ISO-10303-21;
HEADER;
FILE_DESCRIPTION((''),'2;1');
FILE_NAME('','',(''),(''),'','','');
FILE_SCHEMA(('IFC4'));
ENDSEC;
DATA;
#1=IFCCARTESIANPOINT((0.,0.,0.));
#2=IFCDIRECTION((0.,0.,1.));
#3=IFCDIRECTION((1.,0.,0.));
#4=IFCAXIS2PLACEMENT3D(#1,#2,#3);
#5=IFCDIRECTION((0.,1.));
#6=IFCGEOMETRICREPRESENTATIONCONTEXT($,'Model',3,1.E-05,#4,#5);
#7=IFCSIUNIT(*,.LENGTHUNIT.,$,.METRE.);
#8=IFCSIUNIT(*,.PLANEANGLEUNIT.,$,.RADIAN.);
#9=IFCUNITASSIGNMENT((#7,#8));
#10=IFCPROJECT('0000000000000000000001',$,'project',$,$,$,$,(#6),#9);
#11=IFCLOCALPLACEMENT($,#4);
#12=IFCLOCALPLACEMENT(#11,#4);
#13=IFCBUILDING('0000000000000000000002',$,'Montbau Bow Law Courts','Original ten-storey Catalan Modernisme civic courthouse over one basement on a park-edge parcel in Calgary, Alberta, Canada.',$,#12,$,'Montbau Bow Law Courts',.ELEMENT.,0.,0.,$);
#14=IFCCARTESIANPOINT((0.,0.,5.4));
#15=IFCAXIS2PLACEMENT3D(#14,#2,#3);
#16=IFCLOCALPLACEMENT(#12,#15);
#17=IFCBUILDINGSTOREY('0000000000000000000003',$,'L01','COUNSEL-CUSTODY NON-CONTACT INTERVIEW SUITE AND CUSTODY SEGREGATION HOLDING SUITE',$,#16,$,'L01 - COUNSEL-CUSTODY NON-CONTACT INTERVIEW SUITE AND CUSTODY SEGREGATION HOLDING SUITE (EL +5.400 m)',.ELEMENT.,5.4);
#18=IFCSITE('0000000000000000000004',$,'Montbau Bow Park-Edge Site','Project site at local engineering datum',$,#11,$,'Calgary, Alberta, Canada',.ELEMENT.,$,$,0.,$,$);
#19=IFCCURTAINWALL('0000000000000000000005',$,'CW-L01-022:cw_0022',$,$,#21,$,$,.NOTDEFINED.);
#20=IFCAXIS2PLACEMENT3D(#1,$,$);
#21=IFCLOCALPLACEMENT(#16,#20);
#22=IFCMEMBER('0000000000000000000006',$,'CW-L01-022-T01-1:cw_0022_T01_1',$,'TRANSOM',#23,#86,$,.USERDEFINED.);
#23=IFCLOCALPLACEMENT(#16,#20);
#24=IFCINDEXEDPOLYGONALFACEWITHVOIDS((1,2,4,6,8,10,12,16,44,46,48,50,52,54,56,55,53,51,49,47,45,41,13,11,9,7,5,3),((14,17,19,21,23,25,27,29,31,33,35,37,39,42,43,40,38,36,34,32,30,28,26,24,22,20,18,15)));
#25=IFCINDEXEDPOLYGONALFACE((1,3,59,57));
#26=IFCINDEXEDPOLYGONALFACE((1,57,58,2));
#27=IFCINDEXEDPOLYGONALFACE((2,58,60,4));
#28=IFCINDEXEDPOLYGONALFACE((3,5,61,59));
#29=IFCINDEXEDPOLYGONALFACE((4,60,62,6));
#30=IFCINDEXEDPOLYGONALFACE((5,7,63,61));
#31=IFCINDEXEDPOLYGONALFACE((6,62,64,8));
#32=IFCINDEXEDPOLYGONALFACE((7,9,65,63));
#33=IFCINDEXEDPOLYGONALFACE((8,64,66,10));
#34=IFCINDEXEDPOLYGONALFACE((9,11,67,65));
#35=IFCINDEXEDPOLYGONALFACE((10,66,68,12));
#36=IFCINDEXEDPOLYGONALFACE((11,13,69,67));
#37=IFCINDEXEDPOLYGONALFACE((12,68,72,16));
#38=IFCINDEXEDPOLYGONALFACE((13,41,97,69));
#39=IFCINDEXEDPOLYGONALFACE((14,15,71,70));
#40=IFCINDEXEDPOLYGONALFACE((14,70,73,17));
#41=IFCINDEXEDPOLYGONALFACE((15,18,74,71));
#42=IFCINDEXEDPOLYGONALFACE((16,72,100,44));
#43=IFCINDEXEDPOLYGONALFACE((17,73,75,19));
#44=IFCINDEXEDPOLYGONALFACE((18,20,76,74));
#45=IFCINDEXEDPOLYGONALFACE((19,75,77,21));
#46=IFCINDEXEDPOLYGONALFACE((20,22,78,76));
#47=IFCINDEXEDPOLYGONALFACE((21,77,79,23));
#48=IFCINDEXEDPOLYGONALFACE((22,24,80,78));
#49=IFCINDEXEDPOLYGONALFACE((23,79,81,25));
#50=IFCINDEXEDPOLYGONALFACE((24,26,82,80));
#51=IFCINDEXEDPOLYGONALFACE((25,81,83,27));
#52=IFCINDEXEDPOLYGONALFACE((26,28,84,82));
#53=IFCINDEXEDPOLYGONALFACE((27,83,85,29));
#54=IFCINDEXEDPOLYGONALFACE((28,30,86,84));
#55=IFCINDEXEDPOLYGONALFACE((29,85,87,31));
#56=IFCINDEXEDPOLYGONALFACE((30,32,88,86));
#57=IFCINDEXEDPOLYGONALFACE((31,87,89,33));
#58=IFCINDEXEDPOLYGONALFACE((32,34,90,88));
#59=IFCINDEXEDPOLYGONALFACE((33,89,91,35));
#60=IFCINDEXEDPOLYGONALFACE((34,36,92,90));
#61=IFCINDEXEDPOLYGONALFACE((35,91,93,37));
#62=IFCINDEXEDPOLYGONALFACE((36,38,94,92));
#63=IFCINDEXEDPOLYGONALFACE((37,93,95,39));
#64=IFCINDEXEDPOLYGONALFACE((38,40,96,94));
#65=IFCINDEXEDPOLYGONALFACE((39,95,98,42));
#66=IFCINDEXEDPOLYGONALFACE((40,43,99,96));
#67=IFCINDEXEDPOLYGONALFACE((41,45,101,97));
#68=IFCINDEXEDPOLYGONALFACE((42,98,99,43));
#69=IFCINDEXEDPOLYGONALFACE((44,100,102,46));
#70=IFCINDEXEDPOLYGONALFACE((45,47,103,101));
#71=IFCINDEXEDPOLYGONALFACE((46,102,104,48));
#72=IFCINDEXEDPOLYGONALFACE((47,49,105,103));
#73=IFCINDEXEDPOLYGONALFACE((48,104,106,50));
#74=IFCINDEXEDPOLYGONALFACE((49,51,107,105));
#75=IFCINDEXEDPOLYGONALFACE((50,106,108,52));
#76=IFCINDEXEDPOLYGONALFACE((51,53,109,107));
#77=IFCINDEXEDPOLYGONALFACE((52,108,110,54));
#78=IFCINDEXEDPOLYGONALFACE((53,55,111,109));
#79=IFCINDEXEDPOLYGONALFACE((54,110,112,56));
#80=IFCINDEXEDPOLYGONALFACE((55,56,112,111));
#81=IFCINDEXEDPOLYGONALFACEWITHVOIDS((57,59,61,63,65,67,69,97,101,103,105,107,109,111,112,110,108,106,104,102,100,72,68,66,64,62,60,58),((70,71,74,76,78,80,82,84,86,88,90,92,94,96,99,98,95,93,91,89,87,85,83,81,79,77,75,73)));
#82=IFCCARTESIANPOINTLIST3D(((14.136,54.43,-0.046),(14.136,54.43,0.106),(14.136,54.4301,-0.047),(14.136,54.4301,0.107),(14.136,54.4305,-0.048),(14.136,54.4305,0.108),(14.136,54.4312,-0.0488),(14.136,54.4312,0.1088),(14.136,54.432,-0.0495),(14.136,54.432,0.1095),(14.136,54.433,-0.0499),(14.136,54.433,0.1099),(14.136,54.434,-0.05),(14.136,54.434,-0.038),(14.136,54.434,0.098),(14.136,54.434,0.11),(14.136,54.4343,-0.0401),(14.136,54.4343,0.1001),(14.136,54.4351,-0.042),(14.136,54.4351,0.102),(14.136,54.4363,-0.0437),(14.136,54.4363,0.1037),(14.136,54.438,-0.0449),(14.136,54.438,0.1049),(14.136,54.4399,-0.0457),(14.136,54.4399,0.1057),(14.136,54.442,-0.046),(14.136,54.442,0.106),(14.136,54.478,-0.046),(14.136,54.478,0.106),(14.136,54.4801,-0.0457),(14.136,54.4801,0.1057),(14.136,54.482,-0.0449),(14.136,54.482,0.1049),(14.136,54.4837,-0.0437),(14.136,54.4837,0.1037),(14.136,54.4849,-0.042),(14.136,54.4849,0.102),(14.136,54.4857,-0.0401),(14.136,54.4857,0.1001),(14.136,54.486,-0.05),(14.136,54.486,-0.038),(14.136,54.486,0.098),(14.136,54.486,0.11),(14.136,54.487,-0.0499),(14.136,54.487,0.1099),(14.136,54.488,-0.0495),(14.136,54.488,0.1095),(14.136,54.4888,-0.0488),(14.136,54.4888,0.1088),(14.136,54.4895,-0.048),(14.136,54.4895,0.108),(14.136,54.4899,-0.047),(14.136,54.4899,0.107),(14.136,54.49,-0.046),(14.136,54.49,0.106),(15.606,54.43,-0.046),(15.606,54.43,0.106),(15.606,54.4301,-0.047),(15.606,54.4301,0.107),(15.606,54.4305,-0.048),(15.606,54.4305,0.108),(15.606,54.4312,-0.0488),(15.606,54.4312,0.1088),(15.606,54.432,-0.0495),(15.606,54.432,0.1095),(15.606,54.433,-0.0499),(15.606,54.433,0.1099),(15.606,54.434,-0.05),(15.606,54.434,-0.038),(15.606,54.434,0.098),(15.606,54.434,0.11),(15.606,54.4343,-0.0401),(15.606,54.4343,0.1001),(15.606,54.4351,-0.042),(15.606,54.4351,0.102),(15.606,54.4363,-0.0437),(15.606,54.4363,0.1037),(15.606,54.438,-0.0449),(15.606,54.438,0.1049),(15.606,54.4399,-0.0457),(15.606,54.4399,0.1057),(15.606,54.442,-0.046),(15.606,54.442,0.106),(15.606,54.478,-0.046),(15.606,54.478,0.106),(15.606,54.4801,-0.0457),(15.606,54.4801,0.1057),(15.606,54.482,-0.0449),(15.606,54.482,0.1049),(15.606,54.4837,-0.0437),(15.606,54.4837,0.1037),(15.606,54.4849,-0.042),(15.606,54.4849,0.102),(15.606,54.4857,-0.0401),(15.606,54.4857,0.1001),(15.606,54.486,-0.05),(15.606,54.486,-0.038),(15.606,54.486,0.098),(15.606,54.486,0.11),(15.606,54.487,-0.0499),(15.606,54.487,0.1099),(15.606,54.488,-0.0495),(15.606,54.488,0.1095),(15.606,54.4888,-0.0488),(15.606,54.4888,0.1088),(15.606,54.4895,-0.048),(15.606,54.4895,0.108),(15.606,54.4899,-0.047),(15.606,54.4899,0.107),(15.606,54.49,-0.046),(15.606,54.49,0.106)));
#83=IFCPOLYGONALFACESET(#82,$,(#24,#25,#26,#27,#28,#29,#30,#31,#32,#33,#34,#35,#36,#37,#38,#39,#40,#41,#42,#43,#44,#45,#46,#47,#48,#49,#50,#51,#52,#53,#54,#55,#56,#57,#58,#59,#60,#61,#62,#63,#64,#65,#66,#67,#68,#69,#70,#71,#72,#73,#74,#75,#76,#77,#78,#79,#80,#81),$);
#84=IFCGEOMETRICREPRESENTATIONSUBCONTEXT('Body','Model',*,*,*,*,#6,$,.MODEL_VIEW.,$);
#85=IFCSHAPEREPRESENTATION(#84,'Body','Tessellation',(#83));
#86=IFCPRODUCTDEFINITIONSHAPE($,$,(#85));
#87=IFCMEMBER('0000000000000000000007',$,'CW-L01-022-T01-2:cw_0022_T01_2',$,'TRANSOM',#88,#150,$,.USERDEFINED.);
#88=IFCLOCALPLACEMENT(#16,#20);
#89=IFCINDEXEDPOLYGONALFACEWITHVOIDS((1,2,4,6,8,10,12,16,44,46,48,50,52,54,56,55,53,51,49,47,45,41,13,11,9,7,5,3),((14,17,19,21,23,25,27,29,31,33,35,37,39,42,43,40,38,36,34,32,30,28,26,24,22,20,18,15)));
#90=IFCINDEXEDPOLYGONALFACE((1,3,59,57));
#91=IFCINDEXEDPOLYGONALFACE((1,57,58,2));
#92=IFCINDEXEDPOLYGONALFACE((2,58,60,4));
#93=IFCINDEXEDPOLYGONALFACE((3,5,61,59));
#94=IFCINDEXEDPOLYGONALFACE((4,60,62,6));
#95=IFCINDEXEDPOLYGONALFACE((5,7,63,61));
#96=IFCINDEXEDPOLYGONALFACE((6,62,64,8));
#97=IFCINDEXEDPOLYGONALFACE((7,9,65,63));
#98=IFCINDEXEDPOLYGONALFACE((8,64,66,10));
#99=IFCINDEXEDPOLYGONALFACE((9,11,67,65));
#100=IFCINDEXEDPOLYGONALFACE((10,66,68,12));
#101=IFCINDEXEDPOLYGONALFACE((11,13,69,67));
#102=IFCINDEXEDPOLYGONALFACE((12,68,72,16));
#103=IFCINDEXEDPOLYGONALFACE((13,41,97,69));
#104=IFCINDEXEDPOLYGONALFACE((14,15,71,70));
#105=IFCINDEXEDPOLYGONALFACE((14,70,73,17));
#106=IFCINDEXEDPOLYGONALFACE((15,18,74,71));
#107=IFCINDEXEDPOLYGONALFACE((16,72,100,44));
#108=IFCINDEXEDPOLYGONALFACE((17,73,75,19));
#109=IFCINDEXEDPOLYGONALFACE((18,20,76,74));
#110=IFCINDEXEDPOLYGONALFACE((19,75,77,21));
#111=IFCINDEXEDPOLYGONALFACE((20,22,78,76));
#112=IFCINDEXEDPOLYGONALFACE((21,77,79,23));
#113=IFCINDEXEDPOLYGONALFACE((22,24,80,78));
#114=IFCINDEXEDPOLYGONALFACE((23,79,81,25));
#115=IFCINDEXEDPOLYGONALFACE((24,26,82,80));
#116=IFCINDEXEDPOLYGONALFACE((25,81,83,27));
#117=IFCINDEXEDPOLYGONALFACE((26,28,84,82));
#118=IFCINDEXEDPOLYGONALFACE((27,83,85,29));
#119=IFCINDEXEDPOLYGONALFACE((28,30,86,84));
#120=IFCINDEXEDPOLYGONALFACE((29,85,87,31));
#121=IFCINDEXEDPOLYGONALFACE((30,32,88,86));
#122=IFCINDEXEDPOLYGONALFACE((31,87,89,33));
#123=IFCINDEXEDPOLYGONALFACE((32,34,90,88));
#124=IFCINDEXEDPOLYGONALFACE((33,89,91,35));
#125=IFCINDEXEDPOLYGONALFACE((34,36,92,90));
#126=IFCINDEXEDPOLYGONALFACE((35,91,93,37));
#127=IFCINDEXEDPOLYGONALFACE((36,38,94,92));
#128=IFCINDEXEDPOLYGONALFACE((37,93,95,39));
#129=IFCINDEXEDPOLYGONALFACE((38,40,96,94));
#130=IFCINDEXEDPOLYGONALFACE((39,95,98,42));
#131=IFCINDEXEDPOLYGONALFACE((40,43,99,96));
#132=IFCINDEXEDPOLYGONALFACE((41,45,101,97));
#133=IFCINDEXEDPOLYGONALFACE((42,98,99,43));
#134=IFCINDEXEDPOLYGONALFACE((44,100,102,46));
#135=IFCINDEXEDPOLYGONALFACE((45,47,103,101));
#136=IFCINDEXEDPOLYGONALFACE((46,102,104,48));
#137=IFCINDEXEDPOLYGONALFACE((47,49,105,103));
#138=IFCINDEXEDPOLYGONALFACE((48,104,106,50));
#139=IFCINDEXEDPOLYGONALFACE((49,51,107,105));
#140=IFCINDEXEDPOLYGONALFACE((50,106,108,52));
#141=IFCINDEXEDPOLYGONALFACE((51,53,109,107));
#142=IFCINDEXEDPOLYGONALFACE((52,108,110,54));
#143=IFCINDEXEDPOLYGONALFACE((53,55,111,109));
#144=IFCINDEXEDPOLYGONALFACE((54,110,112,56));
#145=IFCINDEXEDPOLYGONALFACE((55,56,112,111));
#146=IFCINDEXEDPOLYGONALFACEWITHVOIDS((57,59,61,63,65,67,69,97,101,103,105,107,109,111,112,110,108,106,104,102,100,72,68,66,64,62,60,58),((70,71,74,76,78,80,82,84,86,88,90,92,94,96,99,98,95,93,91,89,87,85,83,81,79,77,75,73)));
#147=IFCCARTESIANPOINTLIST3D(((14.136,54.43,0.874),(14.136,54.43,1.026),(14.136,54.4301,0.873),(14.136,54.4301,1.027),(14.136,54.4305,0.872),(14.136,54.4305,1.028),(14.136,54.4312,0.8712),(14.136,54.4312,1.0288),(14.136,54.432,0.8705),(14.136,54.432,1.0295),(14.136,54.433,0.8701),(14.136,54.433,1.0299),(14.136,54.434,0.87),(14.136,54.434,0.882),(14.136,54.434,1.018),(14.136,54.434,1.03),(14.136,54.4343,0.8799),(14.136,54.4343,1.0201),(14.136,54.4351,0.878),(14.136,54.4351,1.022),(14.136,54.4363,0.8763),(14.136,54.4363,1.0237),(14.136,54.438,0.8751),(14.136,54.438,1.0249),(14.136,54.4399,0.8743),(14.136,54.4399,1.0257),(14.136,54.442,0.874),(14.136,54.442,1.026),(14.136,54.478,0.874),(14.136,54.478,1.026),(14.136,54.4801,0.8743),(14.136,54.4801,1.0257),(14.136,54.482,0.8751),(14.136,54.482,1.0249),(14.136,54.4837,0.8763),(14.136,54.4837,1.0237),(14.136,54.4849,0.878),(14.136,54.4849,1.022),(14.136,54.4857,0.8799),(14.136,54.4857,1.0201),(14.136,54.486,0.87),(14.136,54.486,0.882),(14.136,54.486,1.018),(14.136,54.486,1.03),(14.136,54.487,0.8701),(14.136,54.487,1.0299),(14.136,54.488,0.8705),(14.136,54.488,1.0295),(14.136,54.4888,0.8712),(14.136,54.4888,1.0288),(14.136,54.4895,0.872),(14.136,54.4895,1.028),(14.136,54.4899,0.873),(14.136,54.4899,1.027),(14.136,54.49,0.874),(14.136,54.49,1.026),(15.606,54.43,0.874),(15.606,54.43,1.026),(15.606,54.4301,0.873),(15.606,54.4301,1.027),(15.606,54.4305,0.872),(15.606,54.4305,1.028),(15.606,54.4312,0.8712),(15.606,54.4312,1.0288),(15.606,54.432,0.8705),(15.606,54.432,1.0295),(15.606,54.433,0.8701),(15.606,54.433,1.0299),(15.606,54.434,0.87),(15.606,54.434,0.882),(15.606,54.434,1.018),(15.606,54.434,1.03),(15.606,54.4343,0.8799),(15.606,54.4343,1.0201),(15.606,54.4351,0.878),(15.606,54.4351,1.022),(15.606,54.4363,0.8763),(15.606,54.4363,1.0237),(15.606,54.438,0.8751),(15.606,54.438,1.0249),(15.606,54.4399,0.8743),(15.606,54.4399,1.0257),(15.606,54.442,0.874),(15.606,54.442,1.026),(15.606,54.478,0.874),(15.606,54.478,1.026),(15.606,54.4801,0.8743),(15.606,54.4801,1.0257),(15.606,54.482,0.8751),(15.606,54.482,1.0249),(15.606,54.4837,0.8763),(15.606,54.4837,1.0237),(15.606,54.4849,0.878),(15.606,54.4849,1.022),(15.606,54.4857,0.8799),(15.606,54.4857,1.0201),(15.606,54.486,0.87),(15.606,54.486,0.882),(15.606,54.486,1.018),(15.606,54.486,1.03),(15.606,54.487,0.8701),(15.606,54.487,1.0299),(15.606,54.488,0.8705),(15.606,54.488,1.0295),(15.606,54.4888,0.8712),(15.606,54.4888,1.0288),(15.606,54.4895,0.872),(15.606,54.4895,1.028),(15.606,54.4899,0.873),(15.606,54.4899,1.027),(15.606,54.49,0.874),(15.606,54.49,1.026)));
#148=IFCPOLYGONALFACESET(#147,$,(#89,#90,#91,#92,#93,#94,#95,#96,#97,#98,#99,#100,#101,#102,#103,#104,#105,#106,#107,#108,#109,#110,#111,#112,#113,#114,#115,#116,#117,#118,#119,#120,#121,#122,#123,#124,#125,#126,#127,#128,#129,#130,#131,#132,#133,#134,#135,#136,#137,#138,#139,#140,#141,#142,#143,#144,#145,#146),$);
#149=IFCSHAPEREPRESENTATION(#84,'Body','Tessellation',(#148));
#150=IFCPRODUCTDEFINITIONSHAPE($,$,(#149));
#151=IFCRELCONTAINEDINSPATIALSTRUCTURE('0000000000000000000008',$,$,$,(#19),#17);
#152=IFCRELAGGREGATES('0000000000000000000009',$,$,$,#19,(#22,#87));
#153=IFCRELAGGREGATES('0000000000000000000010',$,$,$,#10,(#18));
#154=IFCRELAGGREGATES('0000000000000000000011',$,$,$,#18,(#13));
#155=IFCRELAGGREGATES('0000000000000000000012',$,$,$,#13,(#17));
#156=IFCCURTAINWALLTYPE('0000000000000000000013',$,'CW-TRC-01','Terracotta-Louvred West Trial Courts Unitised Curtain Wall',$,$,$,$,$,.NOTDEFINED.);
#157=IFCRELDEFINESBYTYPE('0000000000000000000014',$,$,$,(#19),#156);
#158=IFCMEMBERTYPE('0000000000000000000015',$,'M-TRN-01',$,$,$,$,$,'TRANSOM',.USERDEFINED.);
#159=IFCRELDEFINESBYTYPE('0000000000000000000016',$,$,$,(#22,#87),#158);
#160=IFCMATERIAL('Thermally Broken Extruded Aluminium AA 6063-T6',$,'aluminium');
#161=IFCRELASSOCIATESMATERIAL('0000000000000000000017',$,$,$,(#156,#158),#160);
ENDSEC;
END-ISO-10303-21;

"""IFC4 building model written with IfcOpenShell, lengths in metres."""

from ifc_helpers import new_model, si_unit, direction, frame, origin_with_axes, origin_2d_with_axis, place, context, subcontext, project, spatial, hollow_rectangle, extrude, material, material_profile, profile_set, type_object, element, aggregate, save


model = new_model("IFC4")

# Units and contexts
model_context = context("Model", 3, precision=1e-05, world=origin_with_axes(), true_north=direction((0.0, 1.0)))
body_context = subcontext(model_context, "Body", "Model", "MODEL_VIEW")
ifc_project = project(units=[si_unit("LENGTHUNIT", "METRE"), si_unit("PLANEANGLEUNIT", "RADIAN")], contexts=[model_context])

# Site, building, storey
site_placement = place(None, origin_with_axes())
site = spatial("IfcSite", under=ifc_project, at=site_placement, Name="Montbau Bow Park-Edge Site", Description="Project site at local engineering datum", LongName="Calgary, Alberta, Canada", CompositionType="ELEMENT", RefElevation=0.0)
building_placement = place(site_placement, origin_with_axes())
building = spatial("IfcBuilding", under=site, at=building_placement, Name="Montbau Bow Law Courts", Description="Original ten-storey Catalan Modernisme civic courthouse over one basement on a park-edge parcel in Calgary, Alberta, Canada.", LongName="Montbau Bow Law Courts", CompositionType="ELEMENT", ElevationOfRefHeight=0.0, ElevationOfTerrain=0.0)
storey_placement = place(building_placement, frame((0.0, 0.0, 5.4), z_axis=(0.0, 0.0, 1.0), x_axis=(1.0, 0.0, 0.0)))
storey = spatial("IfcBuildingStorey", under=building, at=storey_placement, Name="L01", Description="COUNSEL-CUSTODY NON-CONTACT INTERVIEW SUITE AND CUSTODY SEGREGATION HOLDING SUITE", LongName="L01 - COUNSEL-CUSTODY NON-CONTACT INTERVIEW SUITE AND CUSTODY SEGREGATION HOLDING SUITE (EL +5.400 m)", CompositionType="ELEMENT", Elevation=5.4)

# Curtain wall, members
ifc_material_1 = material(Name="Thermally Broken Extruded Aluminium AA 6063-T6", Category="aluminium")
curtain_wall_type = type_object("IfcCurtainWallType", Name="CW-TRC-01", Description="Terracotta-Louvred West Trial Courts Unitised Curtain Wall", PredefinedType="NOTDEFINED", material=ifc_material_1)
curtain_wall_1_placement = place(None, frame((14.068, 54.46, 5.4), z_axis=(0.0, 0.0, 1.0), x_axis=(1.0, 0.0, 0.0)))
curtain_wall_1 = element("IfcCurtainWall", 1, at=curtain_wall_1_placement, inside=storey, type_object=curtain_wall_type, Name="CW-L01-022:cw_0022", PredefinedType="NOTDEFINED")
ifc_material_profile_1 = material_profile(ifc_material_1, hollow_rectangle(XDim=0.06, YDim=0.16, WallThickness=0.004, InnerFilletRadius=0.008, OuterFilletRadius=0.004, at=origin_2d_with_axis()), Name="CWT-160X60", Category="Main", Priority=0)
ifc_profile_set_1 = profile_set([ifc_material_profile_1], Name="Thermally Broken Extruded Aluminium AA 6063-T6")
member_type_1 = type_object("IfcMemberType", Name="M-TRN-01", ElementType="TRANSOM", PredefinedType="USERDEFINED", material=ifc_profile_set_1)
member_1_placement = place(None, frame((14.136, 54.46, 5.43), z_axis=(1.0, 0.0, 0.0), x_axis=(0.0, 1.0, 0.0)))
member_1 = element("IfcMember", 2, at=member_1_placement, type_object=member_type_1, Name="CW-L01-022-T01-1:cw_0022_T01_1", ObjectType="TRANSOM", PredefinedType="USERDEFINED", context=body_context, shape_type="SweptSolid", body=[
    extrude(hollow_rectangle(XDim=0.06, YDim=0.16, WallThickness=0.004, InnerFilletRadius=0.008, OuterFilletRadius=0.004, at=origin_2d_with_axis()), origin_with_axes(), (0.0, 0.0, 1.0), 1.47),
])
member_2_placement = place(None, frame((14.136, 54.46, 6.35), z_axis=(1.0, 0.0, 0.0), x_axis=(0.0, 1.0, 0.0)))
member_2 = element("IfcMember", 3, at=member_2_placement, type_object=member_type_1, Name="CW-L01-022-T01-2:cw_0022_T01_2", ObjectType="TRANSOM", PredefinedType="USERDEFINED", context=body_context, shape_type="SweptSolid", body=[
    extrude(hollow_rectangle(XDim=0.06, YDim=0.16, WallThickness=0.004, InnerFilletRadius=0.008, OuterFilletRadius=0.004, at=origin_2d_with_axis()), origin_with_axes(), (0.0, 0.0, 1.0), 1.47),
])

aggregate(curtain_wall_1, [member_1, member_2])

save(model, "model.ifc")
